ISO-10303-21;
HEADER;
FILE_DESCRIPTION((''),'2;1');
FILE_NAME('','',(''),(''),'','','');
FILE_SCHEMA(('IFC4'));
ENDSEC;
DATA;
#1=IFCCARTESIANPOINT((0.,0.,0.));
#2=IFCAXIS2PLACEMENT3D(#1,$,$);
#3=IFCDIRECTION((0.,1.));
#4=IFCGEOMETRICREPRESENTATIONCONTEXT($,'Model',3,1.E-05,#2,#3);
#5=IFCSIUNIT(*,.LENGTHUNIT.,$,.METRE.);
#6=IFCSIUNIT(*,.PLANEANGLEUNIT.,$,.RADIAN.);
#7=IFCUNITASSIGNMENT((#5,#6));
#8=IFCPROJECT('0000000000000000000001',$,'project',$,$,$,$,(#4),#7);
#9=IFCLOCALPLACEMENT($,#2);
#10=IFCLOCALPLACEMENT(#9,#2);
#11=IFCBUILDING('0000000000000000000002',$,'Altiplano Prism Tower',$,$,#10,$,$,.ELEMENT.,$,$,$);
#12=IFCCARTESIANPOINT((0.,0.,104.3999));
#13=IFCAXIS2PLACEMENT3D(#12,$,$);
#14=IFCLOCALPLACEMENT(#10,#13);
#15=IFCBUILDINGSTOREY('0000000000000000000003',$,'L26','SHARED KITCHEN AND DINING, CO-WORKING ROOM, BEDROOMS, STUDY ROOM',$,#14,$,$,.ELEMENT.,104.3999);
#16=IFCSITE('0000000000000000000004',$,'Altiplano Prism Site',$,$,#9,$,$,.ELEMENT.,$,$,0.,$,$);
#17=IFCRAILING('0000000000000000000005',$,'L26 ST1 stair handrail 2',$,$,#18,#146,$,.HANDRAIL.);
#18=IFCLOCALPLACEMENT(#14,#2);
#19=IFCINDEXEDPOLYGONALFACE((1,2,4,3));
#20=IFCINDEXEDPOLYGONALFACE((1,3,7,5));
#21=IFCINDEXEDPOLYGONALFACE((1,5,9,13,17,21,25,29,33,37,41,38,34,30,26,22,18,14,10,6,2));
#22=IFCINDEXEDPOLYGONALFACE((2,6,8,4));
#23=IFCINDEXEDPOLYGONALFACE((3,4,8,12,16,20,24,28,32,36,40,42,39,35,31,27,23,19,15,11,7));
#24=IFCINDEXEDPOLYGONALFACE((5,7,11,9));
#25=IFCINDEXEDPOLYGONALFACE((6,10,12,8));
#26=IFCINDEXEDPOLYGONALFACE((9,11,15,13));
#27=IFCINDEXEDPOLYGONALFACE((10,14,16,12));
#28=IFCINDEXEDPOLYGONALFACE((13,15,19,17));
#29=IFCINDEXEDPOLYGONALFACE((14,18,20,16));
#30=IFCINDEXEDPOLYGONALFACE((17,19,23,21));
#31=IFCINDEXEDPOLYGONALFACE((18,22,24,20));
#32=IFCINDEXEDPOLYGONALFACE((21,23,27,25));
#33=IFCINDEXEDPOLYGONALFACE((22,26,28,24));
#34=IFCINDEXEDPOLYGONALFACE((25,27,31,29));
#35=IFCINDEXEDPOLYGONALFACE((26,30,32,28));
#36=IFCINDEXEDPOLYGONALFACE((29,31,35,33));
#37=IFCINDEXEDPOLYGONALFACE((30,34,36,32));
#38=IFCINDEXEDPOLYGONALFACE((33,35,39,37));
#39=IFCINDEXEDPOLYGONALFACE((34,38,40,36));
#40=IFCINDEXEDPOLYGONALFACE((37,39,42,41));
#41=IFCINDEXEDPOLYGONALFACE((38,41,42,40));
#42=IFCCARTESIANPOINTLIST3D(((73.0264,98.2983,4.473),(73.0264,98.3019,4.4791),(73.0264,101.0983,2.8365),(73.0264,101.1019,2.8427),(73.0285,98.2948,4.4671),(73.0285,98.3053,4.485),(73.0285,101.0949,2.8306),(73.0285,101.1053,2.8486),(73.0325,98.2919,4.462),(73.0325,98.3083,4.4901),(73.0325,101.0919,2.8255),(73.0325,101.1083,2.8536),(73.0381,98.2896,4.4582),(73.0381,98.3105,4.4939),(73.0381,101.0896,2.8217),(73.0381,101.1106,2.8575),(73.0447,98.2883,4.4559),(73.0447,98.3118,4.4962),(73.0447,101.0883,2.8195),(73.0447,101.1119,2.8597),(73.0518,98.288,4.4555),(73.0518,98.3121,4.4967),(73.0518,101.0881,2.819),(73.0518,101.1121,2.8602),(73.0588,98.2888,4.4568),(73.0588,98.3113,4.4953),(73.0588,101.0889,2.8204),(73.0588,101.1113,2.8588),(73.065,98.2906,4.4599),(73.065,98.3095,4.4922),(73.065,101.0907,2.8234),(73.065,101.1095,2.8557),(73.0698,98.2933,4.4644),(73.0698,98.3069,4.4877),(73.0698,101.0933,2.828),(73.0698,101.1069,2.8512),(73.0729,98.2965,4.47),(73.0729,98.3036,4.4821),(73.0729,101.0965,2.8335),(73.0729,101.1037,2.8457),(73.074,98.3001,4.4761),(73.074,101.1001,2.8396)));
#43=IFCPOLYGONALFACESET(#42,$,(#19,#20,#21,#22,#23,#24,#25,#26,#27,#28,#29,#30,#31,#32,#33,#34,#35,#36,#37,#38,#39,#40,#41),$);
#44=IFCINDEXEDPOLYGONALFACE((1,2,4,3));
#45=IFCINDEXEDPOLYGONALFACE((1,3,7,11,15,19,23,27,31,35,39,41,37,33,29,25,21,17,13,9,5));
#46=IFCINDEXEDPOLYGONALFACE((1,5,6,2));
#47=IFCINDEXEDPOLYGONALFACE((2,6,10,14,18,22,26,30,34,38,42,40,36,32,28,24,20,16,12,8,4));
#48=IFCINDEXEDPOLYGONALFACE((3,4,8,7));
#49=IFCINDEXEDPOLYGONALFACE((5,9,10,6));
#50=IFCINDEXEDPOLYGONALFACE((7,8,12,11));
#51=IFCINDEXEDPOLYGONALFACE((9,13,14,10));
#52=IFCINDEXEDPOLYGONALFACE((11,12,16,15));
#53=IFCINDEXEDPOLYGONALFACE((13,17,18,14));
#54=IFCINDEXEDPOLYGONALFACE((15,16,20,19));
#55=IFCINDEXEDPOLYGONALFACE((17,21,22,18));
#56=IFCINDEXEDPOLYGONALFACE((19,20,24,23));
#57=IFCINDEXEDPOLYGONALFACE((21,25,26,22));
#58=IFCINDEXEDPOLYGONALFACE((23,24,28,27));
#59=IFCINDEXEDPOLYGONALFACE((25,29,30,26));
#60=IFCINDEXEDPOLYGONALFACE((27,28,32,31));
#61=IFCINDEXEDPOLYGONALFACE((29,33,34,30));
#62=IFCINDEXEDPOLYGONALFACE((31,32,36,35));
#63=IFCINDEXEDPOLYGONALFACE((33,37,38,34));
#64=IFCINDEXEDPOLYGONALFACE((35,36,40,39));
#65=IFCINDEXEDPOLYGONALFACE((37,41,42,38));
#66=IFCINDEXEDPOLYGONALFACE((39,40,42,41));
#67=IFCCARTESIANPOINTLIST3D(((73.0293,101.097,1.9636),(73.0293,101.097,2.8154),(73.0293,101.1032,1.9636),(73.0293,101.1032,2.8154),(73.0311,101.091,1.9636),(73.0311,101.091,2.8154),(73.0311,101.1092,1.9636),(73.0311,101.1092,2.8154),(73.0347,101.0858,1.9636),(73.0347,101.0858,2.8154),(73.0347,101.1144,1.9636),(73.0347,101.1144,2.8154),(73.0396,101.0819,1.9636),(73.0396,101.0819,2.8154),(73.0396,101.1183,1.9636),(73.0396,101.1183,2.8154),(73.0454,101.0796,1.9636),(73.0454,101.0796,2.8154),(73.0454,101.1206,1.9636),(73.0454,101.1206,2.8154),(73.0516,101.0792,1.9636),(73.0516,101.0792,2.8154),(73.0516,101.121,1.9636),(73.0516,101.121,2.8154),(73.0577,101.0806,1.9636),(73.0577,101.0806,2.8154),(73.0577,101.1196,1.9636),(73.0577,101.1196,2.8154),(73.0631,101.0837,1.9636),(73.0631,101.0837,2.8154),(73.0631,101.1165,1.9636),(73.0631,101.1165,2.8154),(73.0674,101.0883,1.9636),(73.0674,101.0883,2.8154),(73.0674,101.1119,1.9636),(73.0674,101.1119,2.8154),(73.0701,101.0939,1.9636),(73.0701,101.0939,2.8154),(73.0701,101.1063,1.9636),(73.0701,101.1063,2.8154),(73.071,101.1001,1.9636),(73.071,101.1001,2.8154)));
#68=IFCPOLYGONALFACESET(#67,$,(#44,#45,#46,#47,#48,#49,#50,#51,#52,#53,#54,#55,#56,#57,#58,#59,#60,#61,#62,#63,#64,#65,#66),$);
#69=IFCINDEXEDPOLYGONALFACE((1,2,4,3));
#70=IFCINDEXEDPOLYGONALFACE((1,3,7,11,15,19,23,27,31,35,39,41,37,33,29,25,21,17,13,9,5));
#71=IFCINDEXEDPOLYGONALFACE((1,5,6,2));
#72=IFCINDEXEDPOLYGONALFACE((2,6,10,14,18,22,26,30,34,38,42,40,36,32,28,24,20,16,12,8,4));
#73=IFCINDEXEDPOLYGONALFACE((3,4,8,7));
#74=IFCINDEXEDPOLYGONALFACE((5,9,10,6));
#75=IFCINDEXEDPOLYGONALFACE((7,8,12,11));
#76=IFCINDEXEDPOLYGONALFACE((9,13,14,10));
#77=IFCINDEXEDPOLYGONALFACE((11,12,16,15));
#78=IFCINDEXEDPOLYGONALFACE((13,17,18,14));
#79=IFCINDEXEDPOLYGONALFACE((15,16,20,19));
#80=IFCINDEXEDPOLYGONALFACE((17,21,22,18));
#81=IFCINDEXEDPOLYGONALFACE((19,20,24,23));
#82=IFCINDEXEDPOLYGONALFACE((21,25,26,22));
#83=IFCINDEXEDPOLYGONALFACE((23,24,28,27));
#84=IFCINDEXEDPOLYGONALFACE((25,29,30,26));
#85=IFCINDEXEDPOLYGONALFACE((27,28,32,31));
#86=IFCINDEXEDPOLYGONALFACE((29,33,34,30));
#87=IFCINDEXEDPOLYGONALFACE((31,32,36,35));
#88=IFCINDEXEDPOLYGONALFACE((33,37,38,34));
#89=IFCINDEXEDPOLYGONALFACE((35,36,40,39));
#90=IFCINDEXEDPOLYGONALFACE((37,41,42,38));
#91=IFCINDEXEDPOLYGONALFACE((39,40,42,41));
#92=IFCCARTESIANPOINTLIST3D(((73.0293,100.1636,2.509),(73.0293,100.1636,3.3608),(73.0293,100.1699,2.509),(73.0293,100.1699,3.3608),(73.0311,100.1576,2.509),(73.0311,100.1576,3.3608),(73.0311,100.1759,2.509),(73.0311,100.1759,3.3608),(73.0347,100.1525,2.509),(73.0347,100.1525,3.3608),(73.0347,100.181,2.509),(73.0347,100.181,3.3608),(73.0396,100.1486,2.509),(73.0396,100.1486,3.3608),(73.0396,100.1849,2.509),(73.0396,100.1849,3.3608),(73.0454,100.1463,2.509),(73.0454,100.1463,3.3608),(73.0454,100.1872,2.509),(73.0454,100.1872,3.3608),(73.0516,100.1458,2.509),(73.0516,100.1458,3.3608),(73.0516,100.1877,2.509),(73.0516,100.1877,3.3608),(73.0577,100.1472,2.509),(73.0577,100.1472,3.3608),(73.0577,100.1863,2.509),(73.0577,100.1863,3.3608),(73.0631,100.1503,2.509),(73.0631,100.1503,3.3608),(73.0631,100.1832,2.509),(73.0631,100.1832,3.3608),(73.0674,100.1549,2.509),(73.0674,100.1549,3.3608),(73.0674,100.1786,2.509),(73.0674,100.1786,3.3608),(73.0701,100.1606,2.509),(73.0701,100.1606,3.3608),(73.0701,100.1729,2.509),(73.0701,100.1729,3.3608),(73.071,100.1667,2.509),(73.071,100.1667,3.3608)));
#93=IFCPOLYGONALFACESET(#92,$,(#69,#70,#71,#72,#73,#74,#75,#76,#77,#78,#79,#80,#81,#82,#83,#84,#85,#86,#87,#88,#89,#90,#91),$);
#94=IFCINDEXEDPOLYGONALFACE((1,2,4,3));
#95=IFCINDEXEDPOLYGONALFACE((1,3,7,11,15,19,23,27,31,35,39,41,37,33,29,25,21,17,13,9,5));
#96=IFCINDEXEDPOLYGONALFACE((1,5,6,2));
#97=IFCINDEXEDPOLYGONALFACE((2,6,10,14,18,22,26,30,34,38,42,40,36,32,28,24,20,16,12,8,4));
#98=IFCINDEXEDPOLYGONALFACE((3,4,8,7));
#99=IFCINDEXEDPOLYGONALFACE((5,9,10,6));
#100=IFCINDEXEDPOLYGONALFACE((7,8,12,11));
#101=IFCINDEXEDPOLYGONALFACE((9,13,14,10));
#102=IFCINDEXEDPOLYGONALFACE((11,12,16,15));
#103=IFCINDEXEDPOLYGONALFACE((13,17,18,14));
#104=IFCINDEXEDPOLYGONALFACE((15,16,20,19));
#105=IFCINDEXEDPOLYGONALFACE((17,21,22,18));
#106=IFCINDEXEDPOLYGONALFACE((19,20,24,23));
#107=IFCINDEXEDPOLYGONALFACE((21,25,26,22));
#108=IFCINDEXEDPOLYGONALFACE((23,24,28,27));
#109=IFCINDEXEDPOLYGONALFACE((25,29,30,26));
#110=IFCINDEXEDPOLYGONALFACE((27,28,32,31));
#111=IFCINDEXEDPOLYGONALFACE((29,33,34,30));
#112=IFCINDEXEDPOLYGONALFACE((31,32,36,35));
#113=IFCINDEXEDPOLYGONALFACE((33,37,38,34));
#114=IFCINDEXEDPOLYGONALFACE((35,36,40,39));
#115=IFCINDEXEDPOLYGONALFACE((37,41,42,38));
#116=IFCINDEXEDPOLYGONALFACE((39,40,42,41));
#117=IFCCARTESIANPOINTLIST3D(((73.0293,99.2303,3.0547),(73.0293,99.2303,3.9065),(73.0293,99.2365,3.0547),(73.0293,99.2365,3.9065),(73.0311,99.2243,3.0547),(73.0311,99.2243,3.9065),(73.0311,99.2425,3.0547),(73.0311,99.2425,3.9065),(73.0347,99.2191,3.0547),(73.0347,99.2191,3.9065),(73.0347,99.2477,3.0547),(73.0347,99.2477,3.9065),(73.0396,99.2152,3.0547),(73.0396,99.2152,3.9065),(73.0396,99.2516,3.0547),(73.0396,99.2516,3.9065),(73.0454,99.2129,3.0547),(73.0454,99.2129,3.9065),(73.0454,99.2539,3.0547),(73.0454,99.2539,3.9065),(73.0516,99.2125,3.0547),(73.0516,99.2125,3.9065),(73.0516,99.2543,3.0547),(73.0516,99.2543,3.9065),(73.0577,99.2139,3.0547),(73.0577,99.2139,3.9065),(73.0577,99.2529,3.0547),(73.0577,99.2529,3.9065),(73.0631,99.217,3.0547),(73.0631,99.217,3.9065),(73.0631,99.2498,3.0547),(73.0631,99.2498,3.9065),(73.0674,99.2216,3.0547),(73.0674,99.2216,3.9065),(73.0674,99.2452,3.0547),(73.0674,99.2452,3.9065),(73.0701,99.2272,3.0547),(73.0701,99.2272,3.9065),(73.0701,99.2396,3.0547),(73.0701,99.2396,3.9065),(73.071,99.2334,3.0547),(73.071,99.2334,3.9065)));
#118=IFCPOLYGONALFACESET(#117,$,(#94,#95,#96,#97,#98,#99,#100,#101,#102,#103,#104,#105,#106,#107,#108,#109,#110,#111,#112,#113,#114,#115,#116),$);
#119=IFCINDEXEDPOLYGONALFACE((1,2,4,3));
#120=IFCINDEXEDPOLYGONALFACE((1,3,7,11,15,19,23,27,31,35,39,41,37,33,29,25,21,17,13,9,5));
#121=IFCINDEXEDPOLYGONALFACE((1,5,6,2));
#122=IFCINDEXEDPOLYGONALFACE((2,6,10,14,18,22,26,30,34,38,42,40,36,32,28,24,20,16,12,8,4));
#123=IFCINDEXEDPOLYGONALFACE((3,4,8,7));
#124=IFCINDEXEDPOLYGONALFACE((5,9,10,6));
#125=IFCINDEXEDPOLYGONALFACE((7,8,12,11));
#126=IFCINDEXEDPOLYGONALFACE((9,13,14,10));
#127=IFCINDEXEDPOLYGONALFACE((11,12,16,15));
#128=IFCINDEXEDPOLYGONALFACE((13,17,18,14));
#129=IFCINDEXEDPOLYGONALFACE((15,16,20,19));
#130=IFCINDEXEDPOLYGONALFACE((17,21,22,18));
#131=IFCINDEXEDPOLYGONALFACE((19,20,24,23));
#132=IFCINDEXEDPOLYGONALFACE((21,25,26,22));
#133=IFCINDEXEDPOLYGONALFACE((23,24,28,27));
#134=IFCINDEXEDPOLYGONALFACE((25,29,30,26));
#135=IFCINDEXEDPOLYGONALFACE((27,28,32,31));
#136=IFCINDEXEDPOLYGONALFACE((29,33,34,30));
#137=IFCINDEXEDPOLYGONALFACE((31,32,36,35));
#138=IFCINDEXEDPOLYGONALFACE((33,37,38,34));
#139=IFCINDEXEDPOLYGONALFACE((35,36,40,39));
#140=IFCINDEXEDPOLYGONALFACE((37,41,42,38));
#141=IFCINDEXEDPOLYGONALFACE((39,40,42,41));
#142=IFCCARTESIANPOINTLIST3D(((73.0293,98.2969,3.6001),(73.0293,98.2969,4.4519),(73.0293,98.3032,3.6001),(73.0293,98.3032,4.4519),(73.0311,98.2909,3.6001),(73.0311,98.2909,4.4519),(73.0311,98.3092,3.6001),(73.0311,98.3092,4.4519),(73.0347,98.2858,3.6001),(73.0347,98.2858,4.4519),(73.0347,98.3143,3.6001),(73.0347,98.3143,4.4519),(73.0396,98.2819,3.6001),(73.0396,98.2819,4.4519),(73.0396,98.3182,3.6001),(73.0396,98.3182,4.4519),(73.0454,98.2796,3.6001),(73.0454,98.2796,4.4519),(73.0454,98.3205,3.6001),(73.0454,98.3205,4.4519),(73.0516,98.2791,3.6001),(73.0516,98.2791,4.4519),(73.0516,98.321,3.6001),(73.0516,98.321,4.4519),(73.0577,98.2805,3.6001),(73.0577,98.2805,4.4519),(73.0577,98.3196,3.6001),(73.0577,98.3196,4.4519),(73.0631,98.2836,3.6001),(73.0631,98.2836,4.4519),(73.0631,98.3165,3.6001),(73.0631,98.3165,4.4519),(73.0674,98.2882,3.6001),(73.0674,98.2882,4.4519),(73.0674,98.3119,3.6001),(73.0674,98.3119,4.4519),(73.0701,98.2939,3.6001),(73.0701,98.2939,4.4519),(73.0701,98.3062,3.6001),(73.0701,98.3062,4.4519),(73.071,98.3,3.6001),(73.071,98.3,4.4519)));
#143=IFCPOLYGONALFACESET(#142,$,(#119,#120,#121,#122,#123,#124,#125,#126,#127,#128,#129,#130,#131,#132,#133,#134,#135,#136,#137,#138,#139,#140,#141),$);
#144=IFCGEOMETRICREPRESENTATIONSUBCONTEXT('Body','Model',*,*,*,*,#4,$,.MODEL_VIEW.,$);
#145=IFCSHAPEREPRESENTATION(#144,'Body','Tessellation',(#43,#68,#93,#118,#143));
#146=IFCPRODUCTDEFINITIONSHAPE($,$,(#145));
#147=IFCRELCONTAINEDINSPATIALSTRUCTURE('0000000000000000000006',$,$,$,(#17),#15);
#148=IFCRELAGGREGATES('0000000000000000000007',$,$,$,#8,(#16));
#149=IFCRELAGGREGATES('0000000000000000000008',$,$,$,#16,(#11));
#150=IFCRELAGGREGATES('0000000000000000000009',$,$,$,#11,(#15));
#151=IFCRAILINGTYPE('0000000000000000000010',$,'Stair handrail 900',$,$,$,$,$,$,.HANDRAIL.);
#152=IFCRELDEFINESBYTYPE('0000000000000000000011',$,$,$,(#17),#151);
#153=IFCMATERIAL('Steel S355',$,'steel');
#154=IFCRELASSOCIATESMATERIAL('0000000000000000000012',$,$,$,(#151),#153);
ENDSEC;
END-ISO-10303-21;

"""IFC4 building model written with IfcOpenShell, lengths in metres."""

from ifc_helpers import new_model, si_unit, direction, frame, origin, origin_2d, place, context, subcontext, project, spatial, circle, extrude, material, type_object, element, save


model = new_model("IFC4")

# Units and contexts
model_context = context("Model", 3, precision=1e-05, world=origin(), true_north=direction((0.0, 1.0)))
body_context = subcontext(model_context, "Body", "Model", "MODEL_VIEW")
ifc_project = project(units=[si_unit("LENGTHUNIT", "METRE"), si_unit("PLANEANGLEUNIT", "RADIAN")], contexts=[model_context])

# Site, building, storey
site_placement = place(None, origin())
site = spatial("IfcSite", under=ifc_project, at=site_placement, Name="Altiplano Prism Site", CompositionType="ELEMENT", RefElevation=0.0)
building_placement = place(site_placement, origin())
building = spatial("IfcBuilding", under=site, at=building_placement, Name="Altiplano Prism Tower", CompositionType="ELEMENT")
storey_placement = place(building_placement, frame((0.0, 0.0, 104.3999)))
storey = spatial("IfcBuildingStorey", under=building, at=storey_placement, Name="L26", Description="SHARED KITCHEN AND DINING, CO-WORKING ROOM, BEDROOMS, STUDY ROOM", CompositionType="ELEMENT", Elevation=104.3999)

# Railing
ifc_material_1 = material(Name="Steel S355", Category="steel")
railing_type = type_object("IfcRailingType", Name="Stair handrail 900", PredefinedType="HANDRAIL", material=ifc_material_1)
railing_placement = place(storey_placement, frame((73.05, 101.1001, 1.9636)))
element("IfcRailing", 1, at=railing_placement, inside=storey, type_object=railing_type, Name="L26 ST1 stair handrail 2", PredefinedType="HANDRAIL", context=body_context, shape_type="SweptSolid", body=[
    extrude(circle(Radius=0.0239, at=origin_2d()), frame((0.0, 0.0, 0.876), z_axis=(0.0, -0.863361, 0.504587), x_axis=(1.0, 0.0, 0.0)), (0.0, 0.0, 1.0), 3.2432),
    extrude(circle(Radius=0.021, at=origin_2d()), origin(), (0.0, 0.0, 1.0), 0.8518),
    extrude(circle(Radius=0.021, at=origin_2d()), frame((0.0, -0.9333, 0.5454)), (0.0, 0.0, 1.0), 0.8518),
    extrude(circle(Radius=0.021, at=origin_2d()), frame((0.0, -1.8667, 1.0911)), (0.0, 0.0, 1.0), 0.8518),
    extrude(circle(Radius=0.021, at=origin_2d()), frame((0.0, -2.8, 1.6365)), (0.0, 0.0, 1.0), 0.8518),
])

save(model, "model.ifc")
